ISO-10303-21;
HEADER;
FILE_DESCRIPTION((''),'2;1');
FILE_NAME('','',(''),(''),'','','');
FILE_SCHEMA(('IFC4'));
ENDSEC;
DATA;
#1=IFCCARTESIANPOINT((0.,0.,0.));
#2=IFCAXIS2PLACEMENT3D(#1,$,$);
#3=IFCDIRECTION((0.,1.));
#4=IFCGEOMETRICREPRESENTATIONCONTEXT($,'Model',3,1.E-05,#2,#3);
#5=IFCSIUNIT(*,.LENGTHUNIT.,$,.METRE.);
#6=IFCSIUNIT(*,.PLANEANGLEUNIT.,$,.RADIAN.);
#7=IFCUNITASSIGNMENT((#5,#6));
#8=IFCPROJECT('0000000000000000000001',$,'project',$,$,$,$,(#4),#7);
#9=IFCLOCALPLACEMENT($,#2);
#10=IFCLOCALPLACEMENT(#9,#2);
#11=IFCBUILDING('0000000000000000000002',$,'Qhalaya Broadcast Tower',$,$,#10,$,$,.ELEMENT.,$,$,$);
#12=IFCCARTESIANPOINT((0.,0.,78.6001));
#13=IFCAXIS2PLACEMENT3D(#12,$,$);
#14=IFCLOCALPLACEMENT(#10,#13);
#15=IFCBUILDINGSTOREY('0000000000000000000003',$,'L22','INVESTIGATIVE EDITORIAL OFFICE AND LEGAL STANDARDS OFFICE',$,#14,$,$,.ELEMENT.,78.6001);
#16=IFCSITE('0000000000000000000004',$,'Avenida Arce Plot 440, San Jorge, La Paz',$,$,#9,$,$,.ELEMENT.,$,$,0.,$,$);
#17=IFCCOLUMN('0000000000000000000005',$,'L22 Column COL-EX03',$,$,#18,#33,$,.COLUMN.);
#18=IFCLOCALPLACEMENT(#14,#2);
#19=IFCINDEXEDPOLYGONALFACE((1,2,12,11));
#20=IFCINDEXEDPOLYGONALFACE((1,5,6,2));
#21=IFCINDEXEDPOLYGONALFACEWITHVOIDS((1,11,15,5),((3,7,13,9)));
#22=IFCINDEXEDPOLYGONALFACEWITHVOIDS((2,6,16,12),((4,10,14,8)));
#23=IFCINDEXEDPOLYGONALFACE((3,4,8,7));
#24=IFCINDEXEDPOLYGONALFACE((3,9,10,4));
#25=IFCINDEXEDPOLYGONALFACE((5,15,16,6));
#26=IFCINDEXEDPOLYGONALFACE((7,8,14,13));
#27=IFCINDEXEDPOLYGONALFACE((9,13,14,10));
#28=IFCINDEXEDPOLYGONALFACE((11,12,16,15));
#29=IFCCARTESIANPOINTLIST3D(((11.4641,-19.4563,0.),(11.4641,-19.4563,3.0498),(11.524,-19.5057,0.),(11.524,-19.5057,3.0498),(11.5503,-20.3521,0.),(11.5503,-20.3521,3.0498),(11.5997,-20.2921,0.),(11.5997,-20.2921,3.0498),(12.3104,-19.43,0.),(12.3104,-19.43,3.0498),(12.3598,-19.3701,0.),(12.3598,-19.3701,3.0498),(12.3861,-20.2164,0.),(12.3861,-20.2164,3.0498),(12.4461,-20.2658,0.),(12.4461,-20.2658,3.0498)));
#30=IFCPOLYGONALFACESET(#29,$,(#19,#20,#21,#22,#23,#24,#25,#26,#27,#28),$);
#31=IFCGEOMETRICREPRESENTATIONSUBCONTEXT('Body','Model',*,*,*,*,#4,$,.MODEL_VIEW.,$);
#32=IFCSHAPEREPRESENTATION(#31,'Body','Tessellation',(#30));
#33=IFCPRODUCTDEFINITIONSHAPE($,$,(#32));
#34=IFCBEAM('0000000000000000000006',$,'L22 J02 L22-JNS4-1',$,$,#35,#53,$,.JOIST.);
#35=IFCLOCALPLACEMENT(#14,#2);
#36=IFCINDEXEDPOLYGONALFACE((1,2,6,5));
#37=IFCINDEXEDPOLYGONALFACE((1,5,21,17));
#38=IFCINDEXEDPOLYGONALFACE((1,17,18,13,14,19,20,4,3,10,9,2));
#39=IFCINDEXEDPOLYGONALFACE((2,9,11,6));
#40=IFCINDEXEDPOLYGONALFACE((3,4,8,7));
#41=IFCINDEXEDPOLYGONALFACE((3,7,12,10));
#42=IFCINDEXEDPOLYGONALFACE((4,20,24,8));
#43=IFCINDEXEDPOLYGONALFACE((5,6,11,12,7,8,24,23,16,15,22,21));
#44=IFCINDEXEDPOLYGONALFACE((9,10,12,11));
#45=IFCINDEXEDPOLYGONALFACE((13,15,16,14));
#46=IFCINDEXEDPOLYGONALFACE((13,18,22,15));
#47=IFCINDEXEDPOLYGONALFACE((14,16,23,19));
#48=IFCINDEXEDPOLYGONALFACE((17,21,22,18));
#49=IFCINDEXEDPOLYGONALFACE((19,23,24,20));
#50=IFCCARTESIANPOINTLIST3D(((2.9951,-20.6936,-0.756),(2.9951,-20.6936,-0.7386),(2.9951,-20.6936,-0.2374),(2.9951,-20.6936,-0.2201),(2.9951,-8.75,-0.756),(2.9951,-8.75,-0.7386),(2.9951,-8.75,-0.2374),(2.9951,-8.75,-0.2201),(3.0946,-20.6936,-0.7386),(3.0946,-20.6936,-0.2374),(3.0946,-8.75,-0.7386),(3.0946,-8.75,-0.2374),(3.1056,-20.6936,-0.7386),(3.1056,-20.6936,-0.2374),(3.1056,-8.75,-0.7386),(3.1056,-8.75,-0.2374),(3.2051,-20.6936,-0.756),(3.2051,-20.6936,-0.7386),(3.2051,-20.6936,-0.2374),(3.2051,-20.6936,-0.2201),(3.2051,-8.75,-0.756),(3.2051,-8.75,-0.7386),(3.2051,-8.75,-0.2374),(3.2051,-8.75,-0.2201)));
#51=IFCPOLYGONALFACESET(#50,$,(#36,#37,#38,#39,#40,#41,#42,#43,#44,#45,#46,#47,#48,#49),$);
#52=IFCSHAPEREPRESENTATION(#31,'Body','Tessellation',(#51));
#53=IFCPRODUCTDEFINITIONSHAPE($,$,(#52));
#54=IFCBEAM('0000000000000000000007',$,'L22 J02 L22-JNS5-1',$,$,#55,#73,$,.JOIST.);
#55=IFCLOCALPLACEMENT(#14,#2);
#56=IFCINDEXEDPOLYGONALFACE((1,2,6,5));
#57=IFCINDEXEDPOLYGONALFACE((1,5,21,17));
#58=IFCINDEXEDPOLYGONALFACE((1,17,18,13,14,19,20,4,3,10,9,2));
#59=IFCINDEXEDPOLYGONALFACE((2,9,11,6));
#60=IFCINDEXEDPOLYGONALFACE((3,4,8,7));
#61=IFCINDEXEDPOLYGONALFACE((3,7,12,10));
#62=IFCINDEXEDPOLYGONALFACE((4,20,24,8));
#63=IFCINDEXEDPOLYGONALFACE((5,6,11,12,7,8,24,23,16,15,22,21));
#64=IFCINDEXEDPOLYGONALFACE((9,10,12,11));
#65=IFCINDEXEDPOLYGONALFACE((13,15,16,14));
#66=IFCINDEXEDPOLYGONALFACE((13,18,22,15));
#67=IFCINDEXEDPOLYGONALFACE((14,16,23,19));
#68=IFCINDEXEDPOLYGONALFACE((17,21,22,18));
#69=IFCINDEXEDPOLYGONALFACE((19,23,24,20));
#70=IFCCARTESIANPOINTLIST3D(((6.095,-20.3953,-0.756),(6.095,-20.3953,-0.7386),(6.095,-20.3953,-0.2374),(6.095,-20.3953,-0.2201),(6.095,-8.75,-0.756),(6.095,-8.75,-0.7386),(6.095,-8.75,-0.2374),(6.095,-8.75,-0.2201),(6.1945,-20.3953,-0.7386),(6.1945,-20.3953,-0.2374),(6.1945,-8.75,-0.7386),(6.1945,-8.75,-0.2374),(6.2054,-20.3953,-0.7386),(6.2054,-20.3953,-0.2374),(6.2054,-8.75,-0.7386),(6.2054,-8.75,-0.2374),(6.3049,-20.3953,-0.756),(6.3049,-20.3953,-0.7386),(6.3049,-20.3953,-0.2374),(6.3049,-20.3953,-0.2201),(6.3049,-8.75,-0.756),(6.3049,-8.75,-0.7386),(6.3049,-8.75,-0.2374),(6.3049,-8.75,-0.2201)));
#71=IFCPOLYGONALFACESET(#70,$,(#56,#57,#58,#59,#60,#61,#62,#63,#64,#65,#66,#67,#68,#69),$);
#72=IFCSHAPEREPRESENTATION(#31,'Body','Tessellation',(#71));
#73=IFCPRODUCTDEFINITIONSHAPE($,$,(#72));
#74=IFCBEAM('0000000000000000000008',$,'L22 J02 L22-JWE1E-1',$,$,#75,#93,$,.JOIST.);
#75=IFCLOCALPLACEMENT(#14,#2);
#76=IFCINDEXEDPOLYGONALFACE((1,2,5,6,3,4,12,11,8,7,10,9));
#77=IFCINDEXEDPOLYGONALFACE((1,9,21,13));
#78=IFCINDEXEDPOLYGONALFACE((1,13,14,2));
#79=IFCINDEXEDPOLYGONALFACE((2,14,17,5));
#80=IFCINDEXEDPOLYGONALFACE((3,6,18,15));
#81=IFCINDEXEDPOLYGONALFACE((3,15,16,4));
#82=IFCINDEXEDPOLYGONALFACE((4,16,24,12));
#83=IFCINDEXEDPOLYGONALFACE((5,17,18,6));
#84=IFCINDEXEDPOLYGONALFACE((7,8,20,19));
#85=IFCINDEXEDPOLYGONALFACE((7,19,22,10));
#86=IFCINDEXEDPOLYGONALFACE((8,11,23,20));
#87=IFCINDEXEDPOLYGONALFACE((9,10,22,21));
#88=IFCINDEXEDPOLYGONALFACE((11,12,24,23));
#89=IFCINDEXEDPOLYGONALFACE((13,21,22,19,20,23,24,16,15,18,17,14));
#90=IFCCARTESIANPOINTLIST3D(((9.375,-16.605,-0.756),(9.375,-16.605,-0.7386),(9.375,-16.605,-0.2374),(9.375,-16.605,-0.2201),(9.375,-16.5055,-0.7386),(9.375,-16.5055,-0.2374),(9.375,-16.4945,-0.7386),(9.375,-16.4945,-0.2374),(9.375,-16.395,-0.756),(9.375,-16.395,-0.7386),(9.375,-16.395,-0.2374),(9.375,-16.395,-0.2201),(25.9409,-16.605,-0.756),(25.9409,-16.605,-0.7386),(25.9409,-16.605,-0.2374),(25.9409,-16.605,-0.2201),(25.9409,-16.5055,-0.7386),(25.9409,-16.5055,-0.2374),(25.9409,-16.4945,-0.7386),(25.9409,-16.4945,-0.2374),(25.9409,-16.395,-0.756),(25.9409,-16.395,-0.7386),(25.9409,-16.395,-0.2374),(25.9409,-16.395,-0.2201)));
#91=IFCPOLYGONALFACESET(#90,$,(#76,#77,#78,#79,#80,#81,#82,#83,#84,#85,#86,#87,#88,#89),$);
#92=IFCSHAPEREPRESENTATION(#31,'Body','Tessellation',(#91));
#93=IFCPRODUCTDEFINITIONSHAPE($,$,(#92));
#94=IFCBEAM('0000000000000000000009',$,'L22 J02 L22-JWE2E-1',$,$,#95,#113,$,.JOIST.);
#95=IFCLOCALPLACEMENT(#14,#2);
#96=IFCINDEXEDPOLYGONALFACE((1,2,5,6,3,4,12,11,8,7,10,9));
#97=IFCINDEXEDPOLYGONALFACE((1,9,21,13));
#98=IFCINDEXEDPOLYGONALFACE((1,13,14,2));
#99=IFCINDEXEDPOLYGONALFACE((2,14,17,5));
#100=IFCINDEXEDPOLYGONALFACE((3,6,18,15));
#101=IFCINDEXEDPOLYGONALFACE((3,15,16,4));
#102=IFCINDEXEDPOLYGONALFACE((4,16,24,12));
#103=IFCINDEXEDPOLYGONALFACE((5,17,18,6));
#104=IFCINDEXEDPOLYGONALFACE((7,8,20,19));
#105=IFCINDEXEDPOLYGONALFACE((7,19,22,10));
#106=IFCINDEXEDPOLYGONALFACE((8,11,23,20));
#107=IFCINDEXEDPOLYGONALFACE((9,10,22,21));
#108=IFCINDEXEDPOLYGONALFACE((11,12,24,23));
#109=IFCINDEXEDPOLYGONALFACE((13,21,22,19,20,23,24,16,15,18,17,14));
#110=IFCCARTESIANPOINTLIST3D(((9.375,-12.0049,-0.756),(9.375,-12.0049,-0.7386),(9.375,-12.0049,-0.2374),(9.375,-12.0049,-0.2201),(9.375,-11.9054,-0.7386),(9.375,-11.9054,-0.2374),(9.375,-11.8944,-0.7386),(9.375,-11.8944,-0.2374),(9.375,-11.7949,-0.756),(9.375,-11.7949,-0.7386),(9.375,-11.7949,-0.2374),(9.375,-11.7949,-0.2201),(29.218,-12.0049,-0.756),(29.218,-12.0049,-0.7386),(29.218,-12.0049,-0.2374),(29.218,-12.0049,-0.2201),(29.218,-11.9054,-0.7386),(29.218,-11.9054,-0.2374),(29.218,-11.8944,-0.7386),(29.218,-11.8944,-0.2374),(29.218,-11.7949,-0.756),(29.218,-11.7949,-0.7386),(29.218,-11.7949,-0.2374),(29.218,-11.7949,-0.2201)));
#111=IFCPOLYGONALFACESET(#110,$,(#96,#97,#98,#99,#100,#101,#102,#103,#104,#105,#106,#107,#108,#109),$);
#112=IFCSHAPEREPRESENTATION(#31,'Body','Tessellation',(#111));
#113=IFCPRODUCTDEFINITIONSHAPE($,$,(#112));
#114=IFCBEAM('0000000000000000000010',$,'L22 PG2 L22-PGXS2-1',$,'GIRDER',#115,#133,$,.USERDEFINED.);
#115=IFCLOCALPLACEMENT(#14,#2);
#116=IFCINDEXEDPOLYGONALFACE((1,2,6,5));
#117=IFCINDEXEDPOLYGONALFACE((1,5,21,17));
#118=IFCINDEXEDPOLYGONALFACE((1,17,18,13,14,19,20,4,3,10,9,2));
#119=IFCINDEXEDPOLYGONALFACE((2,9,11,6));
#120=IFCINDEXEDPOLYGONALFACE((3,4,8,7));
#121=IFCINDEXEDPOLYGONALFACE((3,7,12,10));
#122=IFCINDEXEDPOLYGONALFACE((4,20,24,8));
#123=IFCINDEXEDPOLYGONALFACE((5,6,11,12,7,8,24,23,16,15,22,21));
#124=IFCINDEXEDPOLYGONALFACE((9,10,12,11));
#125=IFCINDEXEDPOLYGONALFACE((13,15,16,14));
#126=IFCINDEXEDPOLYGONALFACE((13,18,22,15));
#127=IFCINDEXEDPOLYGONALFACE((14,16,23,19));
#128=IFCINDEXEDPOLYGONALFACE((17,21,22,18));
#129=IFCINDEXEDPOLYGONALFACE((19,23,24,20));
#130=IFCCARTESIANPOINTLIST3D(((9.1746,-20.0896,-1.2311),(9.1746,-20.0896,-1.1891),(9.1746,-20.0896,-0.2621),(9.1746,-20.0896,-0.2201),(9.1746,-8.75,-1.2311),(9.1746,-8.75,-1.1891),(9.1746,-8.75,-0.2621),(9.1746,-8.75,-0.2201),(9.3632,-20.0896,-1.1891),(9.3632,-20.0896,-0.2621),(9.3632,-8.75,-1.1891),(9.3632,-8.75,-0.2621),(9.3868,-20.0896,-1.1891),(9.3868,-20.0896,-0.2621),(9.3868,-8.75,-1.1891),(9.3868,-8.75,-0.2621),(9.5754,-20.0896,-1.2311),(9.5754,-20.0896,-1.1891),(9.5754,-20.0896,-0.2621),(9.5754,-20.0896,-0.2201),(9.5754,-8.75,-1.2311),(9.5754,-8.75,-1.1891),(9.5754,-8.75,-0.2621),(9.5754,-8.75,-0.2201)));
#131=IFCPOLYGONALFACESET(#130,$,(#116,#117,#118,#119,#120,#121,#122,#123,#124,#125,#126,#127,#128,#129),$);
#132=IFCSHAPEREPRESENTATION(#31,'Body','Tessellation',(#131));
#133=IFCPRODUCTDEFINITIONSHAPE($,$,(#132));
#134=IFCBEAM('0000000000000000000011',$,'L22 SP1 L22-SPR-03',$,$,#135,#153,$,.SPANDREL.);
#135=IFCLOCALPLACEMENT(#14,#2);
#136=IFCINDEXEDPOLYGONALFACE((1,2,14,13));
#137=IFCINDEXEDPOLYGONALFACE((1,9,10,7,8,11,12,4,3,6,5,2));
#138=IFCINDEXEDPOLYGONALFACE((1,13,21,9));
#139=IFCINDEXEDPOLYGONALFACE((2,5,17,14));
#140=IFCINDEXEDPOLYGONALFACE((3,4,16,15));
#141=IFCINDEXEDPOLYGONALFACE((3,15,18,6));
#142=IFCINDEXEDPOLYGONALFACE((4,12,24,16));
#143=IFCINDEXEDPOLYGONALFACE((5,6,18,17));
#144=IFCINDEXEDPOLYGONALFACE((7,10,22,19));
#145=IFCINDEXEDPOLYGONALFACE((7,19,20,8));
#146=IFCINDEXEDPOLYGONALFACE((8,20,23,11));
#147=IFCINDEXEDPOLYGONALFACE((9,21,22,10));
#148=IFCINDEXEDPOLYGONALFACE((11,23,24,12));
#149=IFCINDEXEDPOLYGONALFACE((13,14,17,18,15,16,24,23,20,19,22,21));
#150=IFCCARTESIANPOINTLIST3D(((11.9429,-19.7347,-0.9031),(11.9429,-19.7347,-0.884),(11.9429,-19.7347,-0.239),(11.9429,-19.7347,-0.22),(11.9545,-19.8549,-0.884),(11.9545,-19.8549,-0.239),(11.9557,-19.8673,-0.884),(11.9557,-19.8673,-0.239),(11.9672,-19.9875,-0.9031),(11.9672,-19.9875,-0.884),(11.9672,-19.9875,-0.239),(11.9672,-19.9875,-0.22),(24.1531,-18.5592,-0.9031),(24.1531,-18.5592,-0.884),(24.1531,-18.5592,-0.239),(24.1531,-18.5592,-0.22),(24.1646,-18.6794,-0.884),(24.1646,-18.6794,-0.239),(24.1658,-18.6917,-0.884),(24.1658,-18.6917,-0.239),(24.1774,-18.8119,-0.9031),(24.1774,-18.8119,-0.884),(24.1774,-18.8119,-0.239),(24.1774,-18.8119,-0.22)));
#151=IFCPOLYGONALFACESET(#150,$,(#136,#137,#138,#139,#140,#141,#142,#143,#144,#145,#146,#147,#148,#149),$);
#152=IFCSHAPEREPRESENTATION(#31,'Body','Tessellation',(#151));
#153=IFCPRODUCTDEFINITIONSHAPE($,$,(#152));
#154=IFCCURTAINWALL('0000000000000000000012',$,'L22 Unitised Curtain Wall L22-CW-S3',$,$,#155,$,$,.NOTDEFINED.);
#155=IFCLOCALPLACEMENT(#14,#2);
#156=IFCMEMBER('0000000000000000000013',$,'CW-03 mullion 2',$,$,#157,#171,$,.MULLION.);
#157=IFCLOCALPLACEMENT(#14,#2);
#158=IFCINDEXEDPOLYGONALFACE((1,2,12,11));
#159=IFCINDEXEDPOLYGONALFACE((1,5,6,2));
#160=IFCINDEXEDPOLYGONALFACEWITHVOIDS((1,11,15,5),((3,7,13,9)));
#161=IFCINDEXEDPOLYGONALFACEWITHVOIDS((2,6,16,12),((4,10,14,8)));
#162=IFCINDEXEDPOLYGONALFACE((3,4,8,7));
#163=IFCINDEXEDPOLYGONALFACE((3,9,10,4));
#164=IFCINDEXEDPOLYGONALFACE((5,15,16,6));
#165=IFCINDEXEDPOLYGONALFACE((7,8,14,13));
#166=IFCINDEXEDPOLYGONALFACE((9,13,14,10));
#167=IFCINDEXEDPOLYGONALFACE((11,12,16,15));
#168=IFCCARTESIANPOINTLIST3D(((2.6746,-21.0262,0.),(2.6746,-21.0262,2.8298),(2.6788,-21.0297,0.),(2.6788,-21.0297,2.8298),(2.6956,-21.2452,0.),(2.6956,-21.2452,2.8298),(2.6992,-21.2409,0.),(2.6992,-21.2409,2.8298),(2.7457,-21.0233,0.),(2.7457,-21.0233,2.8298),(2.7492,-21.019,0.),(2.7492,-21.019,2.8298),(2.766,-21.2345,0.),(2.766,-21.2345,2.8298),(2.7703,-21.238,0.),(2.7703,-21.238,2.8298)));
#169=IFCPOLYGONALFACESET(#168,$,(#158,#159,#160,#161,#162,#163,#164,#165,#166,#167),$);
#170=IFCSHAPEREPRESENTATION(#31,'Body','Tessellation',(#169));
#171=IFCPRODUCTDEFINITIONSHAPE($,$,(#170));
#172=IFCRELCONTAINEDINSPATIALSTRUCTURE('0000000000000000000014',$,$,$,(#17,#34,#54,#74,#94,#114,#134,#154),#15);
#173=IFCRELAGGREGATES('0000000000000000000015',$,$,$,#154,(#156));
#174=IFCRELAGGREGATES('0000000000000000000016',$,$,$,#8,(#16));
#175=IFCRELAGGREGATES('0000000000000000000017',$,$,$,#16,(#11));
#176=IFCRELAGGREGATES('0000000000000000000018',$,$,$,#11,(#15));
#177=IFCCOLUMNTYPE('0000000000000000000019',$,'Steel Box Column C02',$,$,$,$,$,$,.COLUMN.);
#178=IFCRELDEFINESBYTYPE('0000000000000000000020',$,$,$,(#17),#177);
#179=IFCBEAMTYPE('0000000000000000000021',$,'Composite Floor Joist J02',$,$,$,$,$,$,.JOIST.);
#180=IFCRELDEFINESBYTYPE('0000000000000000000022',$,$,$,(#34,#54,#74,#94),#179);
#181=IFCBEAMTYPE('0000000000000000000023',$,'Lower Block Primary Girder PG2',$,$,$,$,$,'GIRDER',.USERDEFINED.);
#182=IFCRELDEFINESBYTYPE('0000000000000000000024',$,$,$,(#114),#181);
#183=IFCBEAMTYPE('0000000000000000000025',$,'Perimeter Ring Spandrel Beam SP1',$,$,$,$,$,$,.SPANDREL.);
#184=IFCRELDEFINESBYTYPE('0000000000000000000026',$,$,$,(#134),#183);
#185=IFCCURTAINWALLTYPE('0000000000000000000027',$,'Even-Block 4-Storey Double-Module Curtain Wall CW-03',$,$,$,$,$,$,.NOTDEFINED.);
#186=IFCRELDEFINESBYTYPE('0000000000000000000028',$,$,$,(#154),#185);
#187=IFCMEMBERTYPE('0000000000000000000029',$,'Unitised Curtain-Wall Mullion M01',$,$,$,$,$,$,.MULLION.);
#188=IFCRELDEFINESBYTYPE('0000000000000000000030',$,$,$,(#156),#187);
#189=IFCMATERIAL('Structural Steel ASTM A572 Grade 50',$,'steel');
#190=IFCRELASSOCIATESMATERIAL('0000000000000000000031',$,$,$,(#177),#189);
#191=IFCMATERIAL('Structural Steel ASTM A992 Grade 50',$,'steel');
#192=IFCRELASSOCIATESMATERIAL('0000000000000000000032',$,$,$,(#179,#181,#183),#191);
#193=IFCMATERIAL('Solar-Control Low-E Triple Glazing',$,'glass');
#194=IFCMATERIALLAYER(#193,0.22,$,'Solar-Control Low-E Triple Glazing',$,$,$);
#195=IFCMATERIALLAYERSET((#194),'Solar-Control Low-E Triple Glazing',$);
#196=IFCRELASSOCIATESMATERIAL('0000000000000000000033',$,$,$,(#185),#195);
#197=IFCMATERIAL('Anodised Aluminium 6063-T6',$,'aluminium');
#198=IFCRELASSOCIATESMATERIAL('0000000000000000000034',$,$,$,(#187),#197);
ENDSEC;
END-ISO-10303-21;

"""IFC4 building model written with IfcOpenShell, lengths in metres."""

from ifc_helpers import new_model, si_unit, direction, frame, origin, origin_2d, place, context, subcontext, project, spatial, hollow_rectangle, i_section, extrude, material, layer, layer_set, material_profile, profile_set, type_object, element, aggregate, save


model = new_model("IFC4")

# Units and contexts
model_context = context("Model", 3, precision=1e-05, world=origin(), true_north=direction((0.0, 1.0)))
body_context = subcontext(model_context, "Body", "Model", "MODEL_VIEW")
ifc_project = project(units=[si_unit("LENGTHUNIT", "METRE"), si_unit("PLANEANGLEUNIT", "RADIAN")], contexts=[model_context])

# Site, building, storey
site_placement = place(None, origin())
site = spatial("IfcSite", under=ifc_project, at=site_placement, Name="Avenida Arce Plot 440, San Jorge, La Paz", CompositionType="ELEMENT", RefElevation=0.0)
building_placement = place(site_placement, origin())
building = spatial("IfcBuilding", under=site, at=building_placement, Name="Qhalaya Broadcast Tower", CompositionType="ELEMENT")
storey_placement = place(building_placement, frame((0.0, 0.0, 78.6001)))
storey = spatial("IfcBuildingStorey", under=building, at=storey_placement, Name="L22", Description="INVESTIGATIVE EDITORIAL OFFICE AND LEGAL STANDARDS OFFICE", CompositionType="ELEMENT", Elevation=78.6001)

# Column
ifc_material_1 = material(Name="Structural Steel ASTM A572 Grade 50", Category="steel")
ifc_material_profile_1 = material_profile(ifc_material_1, hollow_rectangle(XDim=0.8999, YDim=0.8999, WallThickness=0.0549, at=origin_2d()), Name="BOX 900x900x55")
ifc_profile_set_1 = profile_set([ifc_material_profile_1], Name="Structural Steel ASTM A572 Grade 50")
column_type = type_object("IfcColumnType", Name="Steel Box Column C02", PredefinedType="COLUMN", material=ifc_profile_set_1)
column_placement = place(storey_placement, frame((11.9551, -19.8611, 0.0), z_axis=(0.0, 0.0, 1.0), x_axis=(0.995396, 0.095846, 0.0)))
element("IfcColumn", 1, at=column_placement, inside=storey, type_object=column_type, Name="L22 Column COL-EX03", PredefinedType="COLUMN", context=body_context, shape_type="SweptSolid", body=[
    extrude(hollow_rectangle(XDim=0.8999, YDim=0.8999, WallThickness=0.0549, at=origin_2d()), origin(), (0.0, 0.0, 1.0), 3.0498),
])

# Beams
ifc_material_2 = material(Name="Structural Steel ASTM A992 Grade 50", Category="steel")
ifc_material_profile_2 = material_profile(ifc_material_2, i_section(OverallWidth=0.21, OverallDepth=0.5359, WebThickness=0.011, FlangeThickness=0.0173, at=origin_2d()), Name="W21X68")
ifc_profile_set_2 = profile_set([ifc_material_profile_2], Name="Structural Steel ASTM A992 Grade 50")
beam_type_1 = type_object("IfcBeamType", Name="Composite Floor Joist J02", PredefinedType="JOIST", material=ifc_profile_set_2)
beam_1_placement = place(storey_placement, frame((3.1001, -20.6936, -0.488), z_axis=(0.0, 1.0, 0.0), x_axis=(-1.0, 0.0, 0.0)))
element("IfcBeam", 2, at=beam_1_placement, inside=storey, type_object=beam_type_1, Name="L22 J02 L22-JNS4-1", PredefinedType="JOIST", context=body_context, shape_type="SweptSolid", body=[
    extrude(i_section(OverallWidth=0.21, OverallDepth=0.5359, WebThickness=0.011, FlangeThickness=0.0173, at=origin_2d()), origin(), (0.0, 0.0, 1.0), 11.9436),
])
beam_2_placement = place(storey_placement, frame((6.2, -20.3953, -0.488), z_axis=(0.0, 1.0, 0.0), x_axis=(-1.0, 0.0, 0.0)))
element("IfcBeam", 3, at=beam_2_placement, inside=storey, type_object=beam_type_1, Name="L22 J02 L22-JNS5-1", PredefinedType="JOIST", context=body_context, shape_type="SweptSolid", body=[
    extrude(i_section(OverallWidth=0.21, OverallDepth=0.5359, WebThickness=0.011, FlangeThickness=0.0173, at=origin_2d()), origin(), (0.0, 0.0, 1.0), 11.6453),
])
beam_3_placement = place(storey_placement, frame((9.375, -16.5, -0.488), z_axis=(1.0, 0.0, 0.0), x_axis=(0.0, 1.0, 0.0)))
element("IfcBeam", 4, at=beam_3_placement, inside=storey, type_object=beam_type_1, Name="L22 J02 L22-JWE1E-1", PredefinedType="JOIST", context=body_context, shape_type="SweptSolid", body=[
    extrude(i_section(OverallWidth=0.21, OverallDepth=0.5359, WebThickness=0.011, FlangeThickness=0.0173, at=origin_2d()), origin(), (0.0, 0.0, 1.0), 16.5659),
])
beam_4_placement = place(storey_placement, frame((9.375, -11.8999, -0.488), z_axis=(1.0, 0.0, 0.0), x_axis=(0.0, 1.0, 0.0)))
element("IfcBeam", 5, at=beam_4_placement, inside=storey, type_object=beam_type_1, Name="L22 J02 L22-JWE2E-1", PredefinedType="JOIST", context=body_context, shape_type="SweptSolid", body=[
    extrude(i_section(OverallWidth=0.21, OverallDepth=0.5359, WebThickness=0.011, FlangeThickness=0.0173, at=origin_2d()), origin(), (0.0, 0.0, 1.0), 19.843),
])
ifc_material_profile_3 = material_profile(ifc_material_2, i_section(OverallWidth=0.4009, OverallDepth=1.011, WebThickness=0.0237, FlangeThickness=0.042, at=origin_2d()), Name="W40X297")
ifc_profile_set_3 = profile_set([ifc_material_profile_3], Name="Structural Steel ASTM A992 Grade 50")
beam_type_2 = type_object("IfcBeamType", Name="Lower Block Primary Girder PG2", ElementType="GIRDER", PredefinedType="USERDEFINED", material=ifc_profile_set_3)
beam_5_placement = place(storey_placement, frame((9.375, -20.0896, -0.7256), z_axis=(0.0, 1.0, 0.0), x_axis=(-1.0, 0.0, 0.0)))
element("IfcBeam", 6, at=beam_5_placement, inside=storey, type_object=beam_type_2, Name="L22 PG2 L22-PGXS2-1", ObjectType="GIRDER", PredefinedType="USERDEFINED", context=body_context, shape_type="SweptSolid", body=[
    extrude(i_section(OverallWidth=0.4009, OverallDepth=1.011, WebThickness=0.0237, FlangeThickness=0.042, at=origin_2d()), origin(), (0.0, 0.0, 1.0), 11.3396),
])
ifc_material_profile_4 = material_profile(ifc_material_2, i_section(OverallWidth=0.2539, OverallDepth=0.6831, WebThickness=0.0125, FlangeThickness=0.019, at=origin_2d()), Name="W27X94")
ifc_profile_set_4 = profile_set([ifc_material_profile_4], Name="Structural Steel ASTM A992 Grade 50")
beam_type_3 = type_object("IfcBeamType", Name="Perimeter Ring Spandrel Beam SP1", PredefinedType="SPANDREL", material=ifc_profile_set_4)
beam_6_placement = place(storey_placement, frame((11.9551, -19.8611, -0.5615), z_axis=(0.995398, 0.095832, 0.0), x_axis=(-0.095832, 0.995398, 0.0)))
element("IfcBeam", 7, at=beam_6_placement, inside=storey, type_object=beam_type_3, Name="L22 SP1 L22-SPR-03", PredefinedType="SPANDREL", context=body_context, shape_type="SweptSolid", body=[
    extrude(i_section(OverallWidth=0.2539, OverallDepth=0.6831, WebThickness=0.0125, FlangeThickness=0.019, at=origin_2d()), origin(), (0.0, 0.0, 1.0), 12.2666),
])

# Curtain wall, member
ifc_material_3 = material(Name="Solar-Control Low-E Triple Glazing", Category="glass")
ifc_layer_1 = layer(ifc_material_3, 0.22, Name="Solar-Control Low-E Triple Glazing")
ifc_layer_set_1 = layer_set([ifc_layer_1], Name="Solar-Control Low-E Triple Glazing")
curtain_wall_type_1 = type_object("IfcCurtainWallType", Name="Even-Block 4-Storey Double-Module Curtain Wall CW-03", PredefinedType="NOTDEFINED", material=ifc_layer_set_1)
curtain_wall_1_placement = place(storey_placement, origin())
curtain_wall_1 = element("IfcCurtainWall", 8, at=curtain_wall_1_placement, inside=storey, type_object=curtain_wall_type_1, Name="L22 Unitised Curtain Wall L22-CW-S3", PredefinedType="NOTDEFINED")
ifc_material_4 = material(Name="Anodised Aluminium 6063-T6", Category="aluminium")
ifc_material_profile_5 = material_profile(ifc_material_4, hollow_rectangle(XDim=0.075, YDim=0.22, WallThickness=0.0039, at=origin_2d()), Name="ALU-MUL 75x220x4")
ifc_profile_set_5 = profile_set([ifc_material_profile_5], Name="Anodised Aluminium 6063-T6")
member_type_1 = type_object("IfcMemberType", Name="Unitised Curtain-Wall Mullion M01", PredefinedType="MULLION", material=ifc_profile_set_5)
member_1_placement = place(storey_placement, frame((2.7224, -21.1321, 0.0), z_axis=(0.0, 0.0, 1.0), x_axis=(0.995397, 0.095834, 0.0)))
member_1 = element("IfcMember", 9, at=member_1_placement, type_object=member_type_1, Name="CW-03 mullion 2", PredefinedType="MULLION", context=body_context, shape_type="SweptSolid", body=[
    extrude(hollow_rectangle(XDim=0.075, YDim=0.22, WallThickness=0.0039, at=origin_2d()), origin(), (0.0, 0.0, 1.0), 2.8298),
])
aggregate(curtain_wall_1, [member_1])

save(model, "model.ifc")
